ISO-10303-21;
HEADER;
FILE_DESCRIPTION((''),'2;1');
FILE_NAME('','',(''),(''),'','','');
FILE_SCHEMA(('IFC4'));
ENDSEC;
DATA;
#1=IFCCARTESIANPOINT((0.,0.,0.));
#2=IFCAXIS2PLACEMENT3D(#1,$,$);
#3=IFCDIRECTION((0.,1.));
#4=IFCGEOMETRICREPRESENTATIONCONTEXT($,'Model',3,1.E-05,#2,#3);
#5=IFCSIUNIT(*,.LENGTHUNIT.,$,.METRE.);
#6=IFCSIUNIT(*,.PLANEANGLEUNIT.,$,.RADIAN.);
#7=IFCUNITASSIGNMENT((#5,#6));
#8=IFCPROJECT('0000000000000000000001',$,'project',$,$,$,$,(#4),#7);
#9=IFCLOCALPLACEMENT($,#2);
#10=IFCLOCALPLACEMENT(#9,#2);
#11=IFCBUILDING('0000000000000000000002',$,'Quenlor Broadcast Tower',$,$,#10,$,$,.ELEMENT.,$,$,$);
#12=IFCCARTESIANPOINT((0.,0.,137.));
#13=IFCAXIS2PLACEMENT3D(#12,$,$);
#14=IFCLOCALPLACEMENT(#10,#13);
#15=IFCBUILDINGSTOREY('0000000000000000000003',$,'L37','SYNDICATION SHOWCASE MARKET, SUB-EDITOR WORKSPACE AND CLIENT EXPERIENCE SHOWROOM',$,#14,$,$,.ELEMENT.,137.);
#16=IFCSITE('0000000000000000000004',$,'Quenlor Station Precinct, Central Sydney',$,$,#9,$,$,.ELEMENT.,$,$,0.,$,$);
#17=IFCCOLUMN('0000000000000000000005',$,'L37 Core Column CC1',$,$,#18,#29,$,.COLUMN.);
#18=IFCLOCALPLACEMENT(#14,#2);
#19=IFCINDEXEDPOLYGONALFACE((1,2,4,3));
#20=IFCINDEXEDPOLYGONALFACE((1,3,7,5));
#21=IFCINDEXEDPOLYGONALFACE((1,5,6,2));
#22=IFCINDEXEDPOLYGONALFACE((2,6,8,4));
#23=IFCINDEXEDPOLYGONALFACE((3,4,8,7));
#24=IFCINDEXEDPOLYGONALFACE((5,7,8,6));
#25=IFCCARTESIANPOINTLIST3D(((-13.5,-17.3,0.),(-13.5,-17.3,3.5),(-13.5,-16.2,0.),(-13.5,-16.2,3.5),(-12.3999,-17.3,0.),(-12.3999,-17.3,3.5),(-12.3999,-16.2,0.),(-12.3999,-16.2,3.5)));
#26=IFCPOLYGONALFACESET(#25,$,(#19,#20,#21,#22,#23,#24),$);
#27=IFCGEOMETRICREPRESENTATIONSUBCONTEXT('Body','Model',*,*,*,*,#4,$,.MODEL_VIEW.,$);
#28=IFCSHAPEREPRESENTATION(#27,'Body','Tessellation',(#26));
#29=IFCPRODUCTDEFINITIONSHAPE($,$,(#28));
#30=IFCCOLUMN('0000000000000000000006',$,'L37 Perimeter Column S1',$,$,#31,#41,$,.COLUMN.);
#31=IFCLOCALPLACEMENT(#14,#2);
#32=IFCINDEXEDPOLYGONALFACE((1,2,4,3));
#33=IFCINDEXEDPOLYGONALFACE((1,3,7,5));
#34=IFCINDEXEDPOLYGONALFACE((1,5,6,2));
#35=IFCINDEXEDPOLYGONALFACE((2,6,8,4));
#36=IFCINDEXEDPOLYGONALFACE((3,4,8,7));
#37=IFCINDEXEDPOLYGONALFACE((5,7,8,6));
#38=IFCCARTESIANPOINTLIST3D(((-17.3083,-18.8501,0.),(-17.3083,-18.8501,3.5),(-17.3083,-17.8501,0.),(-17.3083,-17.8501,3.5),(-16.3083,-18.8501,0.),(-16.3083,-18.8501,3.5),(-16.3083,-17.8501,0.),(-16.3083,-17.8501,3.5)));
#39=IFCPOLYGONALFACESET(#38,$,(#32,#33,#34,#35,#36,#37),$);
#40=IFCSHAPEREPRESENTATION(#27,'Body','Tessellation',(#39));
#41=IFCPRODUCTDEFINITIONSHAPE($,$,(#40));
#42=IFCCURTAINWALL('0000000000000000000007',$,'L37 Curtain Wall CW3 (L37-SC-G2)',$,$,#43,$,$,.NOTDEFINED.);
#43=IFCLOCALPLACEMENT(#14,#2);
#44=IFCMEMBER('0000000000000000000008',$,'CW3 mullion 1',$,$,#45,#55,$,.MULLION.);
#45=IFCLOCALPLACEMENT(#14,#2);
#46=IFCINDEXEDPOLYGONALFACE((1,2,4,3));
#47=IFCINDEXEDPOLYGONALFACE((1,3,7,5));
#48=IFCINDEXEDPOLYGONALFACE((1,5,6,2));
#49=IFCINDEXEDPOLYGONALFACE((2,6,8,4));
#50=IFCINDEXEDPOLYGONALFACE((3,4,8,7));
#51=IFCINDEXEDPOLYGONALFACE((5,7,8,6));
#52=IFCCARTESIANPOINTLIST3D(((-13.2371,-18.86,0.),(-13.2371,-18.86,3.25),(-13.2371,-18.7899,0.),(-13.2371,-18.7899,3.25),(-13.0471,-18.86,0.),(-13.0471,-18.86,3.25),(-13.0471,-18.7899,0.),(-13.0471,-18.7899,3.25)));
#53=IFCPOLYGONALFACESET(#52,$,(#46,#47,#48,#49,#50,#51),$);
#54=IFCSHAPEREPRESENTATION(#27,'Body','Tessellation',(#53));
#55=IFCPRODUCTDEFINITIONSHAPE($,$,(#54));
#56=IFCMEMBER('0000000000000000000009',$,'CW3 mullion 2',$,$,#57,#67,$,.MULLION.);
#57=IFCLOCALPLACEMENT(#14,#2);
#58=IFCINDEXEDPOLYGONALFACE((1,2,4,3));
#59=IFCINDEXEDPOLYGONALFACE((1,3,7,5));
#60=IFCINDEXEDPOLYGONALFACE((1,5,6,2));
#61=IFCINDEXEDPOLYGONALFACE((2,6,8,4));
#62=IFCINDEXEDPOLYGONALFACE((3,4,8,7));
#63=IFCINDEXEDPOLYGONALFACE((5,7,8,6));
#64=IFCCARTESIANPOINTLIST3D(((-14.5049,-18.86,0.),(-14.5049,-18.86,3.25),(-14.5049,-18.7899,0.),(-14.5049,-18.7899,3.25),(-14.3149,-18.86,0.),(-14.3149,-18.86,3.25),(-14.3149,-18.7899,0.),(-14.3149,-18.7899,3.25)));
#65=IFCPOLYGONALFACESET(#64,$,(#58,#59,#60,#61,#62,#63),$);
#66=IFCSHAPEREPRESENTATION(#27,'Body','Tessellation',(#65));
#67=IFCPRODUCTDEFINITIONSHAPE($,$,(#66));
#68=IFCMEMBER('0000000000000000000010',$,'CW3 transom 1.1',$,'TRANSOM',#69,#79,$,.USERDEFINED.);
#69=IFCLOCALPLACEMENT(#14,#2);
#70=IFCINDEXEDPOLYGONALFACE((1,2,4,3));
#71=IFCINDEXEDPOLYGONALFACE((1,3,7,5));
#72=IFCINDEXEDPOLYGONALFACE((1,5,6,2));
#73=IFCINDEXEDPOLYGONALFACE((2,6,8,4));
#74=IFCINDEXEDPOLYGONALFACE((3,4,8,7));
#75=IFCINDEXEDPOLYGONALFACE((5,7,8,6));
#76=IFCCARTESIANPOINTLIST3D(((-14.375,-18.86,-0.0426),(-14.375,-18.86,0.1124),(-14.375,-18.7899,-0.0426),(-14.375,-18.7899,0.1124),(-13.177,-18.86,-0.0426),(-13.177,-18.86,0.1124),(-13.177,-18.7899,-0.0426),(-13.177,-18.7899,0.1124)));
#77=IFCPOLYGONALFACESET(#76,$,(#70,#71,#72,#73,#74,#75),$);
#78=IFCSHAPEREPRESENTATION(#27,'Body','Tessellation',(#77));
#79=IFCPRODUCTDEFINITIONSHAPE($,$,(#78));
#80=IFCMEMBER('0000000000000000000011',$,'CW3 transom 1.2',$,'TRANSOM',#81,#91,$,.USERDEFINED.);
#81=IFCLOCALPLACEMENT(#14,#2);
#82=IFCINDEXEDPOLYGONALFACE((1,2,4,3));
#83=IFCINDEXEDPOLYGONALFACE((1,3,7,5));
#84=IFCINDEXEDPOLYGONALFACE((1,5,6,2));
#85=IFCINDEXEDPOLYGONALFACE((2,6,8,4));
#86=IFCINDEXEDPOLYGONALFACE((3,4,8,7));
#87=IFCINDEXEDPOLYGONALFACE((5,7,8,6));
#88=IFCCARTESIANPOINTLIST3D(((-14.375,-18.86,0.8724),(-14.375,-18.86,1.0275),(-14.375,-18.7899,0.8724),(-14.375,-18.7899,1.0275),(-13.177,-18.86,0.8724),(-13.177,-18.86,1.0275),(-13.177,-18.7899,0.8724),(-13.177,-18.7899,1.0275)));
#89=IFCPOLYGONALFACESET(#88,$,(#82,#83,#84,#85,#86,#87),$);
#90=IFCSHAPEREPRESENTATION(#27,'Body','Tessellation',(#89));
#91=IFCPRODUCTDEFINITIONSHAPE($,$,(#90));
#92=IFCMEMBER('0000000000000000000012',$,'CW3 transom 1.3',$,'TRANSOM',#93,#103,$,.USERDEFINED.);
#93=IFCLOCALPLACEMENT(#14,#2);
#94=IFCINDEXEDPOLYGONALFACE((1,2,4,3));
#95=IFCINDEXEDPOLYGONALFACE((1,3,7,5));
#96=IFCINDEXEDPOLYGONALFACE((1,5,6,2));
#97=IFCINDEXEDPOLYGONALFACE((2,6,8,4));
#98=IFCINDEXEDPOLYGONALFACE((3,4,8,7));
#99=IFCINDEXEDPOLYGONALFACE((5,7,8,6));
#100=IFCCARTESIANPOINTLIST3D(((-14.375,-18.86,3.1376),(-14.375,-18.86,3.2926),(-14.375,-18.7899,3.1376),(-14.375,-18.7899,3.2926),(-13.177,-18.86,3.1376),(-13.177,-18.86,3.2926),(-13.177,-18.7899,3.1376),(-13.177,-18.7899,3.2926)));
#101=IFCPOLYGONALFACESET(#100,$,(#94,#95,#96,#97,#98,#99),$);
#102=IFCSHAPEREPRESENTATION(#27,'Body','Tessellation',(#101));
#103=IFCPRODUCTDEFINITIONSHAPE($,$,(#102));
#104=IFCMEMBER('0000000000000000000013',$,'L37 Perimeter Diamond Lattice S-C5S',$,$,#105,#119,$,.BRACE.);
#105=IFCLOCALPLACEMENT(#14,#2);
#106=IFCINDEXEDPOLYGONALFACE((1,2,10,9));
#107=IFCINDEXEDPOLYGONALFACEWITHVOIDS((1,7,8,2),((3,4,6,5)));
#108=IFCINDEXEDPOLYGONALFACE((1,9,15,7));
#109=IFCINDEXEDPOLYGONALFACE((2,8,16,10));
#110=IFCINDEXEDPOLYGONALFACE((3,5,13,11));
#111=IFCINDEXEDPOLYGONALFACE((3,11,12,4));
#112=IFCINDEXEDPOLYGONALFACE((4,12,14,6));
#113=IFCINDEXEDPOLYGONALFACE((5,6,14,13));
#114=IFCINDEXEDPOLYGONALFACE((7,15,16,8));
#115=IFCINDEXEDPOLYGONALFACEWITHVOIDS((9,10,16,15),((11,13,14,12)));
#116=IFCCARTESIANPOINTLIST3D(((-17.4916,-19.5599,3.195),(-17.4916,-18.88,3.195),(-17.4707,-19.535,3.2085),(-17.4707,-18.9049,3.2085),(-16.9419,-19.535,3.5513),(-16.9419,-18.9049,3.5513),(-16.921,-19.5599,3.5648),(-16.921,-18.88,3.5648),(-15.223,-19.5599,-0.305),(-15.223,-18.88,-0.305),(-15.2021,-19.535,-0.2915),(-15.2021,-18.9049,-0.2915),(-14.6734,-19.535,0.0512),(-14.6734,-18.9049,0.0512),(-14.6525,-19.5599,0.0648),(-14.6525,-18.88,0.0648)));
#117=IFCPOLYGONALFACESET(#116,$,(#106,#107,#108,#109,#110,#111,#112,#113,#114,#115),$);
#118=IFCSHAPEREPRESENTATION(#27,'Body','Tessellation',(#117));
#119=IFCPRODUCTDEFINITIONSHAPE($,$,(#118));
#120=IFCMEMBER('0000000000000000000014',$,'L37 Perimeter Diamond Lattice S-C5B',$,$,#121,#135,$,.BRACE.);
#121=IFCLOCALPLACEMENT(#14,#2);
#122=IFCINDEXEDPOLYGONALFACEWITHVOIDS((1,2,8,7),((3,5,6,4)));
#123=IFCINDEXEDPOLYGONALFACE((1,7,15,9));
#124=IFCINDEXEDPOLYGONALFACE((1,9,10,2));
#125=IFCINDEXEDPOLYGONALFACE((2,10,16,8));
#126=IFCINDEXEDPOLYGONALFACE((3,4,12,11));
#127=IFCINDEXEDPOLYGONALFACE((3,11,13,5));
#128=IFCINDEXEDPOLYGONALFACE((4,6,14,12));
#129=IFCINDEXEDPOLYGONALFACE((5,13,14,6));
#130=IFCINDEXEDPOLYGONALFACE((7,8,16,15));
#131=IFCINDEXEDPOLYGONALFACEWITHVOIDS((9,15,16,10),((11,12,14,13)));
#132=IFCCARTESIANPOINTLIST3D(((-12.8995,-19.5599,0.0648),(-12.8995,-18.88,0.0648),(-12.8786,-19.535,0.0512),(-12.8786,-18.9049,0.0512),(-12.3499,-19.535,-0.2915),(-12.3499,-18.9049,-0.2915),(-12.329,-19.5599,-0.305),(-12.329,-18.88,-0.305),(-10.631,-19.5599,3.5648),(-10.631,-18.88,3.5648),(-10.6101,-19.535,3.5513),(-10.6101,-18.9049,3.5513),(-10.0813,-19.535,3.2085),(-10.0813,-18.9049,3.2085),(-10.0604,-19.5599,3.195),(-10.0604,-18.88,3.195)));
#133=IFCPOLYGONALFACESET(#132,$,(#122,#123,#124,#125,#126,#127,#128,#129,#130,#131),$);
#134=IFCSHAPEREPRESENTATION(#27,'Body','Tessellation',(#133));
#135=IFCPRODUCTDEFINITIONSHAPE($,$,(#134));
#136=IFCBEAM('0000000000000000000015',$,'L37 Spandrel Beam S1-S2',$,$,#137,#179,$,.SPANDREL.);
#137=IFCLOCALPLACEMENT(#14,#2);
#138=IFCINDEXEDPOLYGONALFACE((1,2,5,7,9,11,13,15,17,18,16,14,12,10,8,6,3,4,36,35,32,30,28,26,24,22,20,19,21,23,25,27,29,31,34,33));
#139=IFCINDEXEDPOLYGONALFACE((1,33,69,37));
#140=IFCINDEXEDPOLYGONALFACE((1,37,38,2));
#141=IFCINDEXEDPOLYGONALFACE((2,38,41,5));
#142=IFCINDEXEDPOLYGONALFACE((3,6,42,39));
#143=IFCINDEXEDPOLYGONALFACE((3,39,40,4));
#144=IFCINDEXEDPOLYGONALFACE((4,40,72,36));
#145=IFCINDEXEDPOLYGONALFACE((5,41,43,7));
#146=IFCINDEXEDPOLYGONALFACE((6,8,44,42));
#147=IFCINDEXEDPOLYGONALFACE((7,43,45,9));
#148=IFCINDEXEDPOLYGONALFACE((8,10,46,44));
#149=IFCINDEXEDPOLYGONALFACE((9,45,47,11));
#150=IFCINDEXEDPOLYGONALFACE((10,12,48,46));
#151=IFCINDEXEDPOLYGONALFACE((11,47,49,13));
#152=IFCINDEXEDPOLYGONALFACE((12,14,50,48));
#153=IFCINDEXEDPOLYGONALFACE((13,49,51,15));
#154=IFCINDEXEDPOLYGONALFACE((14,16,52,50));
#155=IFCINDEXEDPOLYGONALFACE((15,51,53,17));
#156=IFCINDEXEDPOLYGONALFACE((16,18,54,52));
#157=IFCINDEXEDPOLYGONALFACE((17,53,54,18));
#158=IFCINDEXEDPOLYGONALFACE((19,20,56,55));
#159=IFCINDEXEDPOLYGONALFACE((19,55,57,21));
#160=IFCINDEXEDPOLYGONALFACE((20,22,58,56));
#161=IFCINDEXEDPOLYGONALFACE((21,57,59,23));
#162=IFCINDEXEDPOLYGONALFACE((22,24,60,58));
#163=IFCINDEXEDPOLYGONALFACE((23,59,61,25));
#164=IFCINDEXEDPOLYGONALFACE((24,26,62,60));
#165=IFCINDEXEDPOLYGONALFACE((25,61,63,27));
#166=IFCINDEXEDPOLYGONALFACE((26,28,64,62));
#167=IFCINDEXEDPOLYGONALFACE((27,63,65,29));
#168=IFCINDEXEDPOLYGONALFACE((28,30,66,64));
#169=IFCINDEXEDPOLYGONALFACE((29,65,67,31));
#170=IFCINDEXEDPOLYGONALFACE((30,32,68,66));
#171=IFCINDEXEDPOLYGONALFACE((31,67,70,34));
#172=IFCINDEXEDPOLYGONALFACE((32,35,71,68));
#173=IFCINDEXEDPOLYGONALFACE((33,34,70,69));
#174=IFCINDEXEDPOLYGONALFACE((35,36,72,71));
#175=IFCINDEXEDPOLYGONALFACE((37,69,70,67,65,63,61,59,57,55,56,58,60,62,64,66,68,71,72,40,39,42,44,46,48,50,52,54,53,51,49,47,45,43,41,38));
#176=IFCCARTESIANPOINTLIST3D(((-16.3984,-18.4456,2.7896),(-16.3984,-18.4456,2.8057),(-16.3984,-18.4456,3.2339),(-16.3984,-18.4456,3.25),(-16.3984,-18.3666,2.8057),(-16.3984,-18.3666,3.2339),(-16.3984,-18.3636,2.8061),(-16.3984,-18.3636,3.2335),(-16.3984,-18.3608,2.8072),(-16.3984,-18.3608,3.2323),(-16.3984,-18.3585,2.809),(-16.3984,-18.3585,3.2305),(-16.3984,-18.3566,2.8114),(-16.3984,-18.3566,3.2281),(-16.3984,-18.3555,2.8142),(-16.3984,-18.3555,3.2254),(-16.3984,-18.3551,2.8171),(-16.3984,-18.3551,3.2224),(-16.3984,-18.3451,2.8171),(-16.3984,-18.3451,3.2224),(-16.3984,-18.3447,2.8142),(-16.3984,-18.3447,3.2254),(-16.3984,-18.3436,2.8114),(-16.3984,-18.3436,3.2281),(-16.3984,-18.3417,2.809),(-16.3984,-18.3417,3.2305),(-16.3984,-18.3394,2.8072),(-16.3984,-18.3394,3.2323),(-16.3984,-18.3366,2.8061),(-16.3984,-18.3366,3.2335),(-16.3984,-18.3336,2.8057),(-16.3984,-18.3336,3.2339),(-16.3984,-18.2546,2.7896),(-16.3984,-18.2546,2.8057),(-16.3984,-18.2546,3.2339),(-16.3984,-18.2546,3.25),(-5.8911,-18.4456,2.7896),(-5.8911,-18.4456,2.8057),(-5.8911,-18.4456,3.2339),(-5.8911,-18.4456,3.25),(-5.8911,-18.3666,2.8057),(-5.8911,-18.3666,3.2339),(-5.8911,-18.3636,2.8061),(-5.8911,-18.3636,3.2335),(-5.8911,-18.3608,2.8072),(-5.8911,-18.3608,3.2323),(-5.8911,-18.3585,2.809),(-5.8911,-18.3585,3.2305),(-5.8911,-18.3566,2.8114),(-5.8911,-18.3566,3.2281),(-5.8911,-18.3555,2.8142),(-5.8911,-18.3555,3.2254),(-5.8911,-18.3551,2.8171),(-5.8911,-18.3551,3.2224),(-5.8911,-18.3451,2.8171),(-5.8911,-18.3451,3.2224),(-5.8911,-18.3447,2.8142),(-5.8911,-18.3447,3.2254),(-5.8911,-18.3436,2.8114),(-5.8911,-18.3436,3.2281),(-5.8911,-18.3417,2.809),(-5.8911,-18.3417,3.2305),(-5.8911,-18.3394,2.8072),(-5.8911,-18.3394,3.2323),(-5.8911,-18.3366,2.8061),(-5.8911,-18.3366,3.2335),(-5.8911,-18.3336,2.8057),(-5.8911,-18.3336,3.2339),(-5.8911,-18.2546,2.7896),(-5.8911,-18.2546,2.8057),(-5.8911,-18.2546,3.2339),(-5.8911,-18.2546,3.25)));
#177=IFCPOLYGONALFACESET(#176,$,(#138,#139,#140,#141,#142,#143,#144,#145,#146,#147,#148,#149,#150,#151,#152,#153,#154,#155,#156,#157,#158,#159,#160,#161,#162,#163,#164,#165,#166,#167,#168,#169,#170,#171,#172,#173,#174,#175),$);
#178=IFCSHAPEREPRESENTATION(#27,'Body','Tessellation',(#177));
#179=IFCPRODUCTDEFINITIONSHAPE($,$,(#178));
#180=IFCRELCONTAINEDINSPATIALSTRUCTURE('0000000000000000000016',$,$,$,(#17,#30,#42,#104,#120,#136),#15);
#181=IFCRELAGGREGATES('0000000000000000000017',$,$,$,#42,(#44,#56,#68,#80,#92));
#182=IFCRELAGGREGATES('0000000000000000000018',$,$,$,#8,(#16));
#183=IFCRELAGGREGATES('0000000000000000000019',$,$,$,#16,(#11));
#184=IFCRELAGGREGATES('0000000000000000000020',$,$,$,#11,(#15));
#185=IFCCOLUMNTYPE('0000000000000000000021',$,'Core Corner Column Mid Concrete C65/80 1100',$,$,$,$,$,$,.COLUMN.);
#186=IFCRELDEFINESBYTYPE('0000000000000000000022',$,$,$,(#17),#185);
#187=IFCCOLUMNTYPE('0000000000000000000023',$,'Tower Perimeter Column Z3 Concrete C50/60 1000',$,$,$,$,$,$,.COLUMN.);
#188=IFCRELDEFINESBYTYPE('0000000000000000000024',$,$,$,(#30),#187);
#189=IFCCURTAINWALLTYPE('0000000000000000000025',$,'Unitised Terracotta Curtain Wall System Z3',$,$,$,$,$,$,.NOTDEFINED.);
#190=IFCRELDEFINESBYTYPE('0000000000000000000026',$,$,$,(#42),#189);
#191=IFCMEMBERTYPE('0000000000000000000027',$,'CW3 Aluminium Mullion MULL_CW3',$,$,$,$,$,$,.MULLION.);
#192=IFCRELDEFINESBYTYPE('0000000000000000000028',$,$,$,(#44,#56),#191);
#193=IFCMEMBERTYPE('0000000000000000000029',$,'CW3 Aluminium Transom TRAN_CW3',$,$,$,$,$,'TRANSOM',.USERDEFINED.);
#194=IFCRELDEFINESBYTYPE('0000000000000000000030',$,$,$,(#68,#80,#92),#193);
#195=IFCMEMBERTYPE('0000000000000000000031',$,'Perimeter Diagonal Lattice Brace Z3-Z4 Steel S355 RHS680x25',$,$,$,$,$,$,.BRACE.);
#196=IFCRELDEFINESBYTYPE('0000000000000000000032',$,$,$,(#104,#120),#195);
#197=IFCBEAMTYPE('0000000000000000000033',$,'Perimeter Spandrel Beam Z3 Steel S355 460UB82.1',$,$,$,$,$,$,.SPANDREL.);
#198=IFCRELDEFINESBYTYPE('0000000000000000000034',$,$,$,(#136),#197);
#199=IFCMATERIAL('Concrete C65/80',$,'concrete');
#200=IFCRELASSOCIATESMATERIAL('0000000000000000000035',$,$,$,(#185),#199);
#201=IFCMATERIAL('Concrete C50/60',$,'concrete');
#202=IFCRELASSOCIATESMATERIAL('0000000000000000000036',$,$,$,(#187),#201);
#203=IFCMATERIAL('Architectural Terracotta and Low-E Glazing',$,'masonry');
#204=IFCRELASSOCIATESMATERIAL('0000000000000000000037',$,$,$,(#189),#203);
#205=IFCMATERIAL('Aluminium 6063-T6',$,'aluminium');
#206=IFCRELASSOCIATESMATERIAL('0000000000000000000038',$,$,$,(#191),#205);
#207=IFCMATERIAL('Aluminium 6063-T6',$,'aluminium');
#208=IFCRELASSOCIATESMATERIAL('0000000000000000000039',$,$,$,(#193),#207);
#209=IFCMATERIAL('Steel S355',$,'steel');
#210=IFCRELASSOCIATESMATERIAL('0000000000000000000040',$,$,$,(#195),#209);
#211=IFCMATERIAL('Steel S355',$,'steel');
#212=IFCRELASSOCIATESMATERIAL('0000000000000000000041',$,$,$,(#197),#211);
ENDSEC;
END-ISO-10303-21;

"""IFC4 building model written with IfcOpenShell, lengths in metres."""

from ifc_helpers import new_model, si_unit, direction, frame, origin, origin_2d, place, context, subcontext, project, spatial, rectangle, hollow_rectangle, i_section, extrude, material, material_profile, profile_set, type_object, element, aggregate, save


model = new_model("IFC4")

# Units and contexts
model_context = context("Model", 3, precision=1e-05, world=origin(), true_north=direction((0.0, 1.0)))
body_context = subcontext(model_context, "Body", "Model", "MODEL_VIEW")
ifc_project = project(units=[si_unit("LENGTHUNIT", "METRE"), si_unit("PLANEANGLEUNIT", "RADIAN")], contexts=[model_context])

# Site, building, storey
site_placement = place(None, origin())
site = spatial("IfcSite", under=ifc_project, at=site_placement, Name="Quenlor Station Precinct, Central Sydney", CompositionType="ELEMENT", RefElevation=0.0)
building_placement = place(site_placement, origin())
building = spatial("IfcBuilding", under=site, at=building_placement, Name="Quenlor Broadcast Tower", CompositionType="ELEMENT")
storey_placement = place(building_placement, frame((0.0, 0.0, 137.0)))
storey = spatial("IfcBuildingStorey", under=building, at=storey_placement, Name="L37", Description="SYNDICATION SHOWCASE MARKET, SUB-EDITOR WORKSPACE AND CLIENT EXPERIENCE SHOWROOM", CompositionType="ELEMENT", Elevation=137.0)

# Columns
ifc_material_1 = material(Name="Concrete C65/80", Category="concrete")
ifc_material_profile_1 = material_profile(ifc_material_1, rectangle(XDim=1.1001, YDim=1.1001, at=origin_2d()))
ifc_profile_set_1 = profile_set([ifc_material_profile_1], Name="Concrete C65/80 RC1100x1100")
column_type_1 = type_object("IfcColumnType", Name="Core Corner Column Mid Concrete C65/80 1100", PredefinedType="COLUMN", material=ifc_profile_set_1)
column_1_placement = place(storey_placement, frame((-12.95, -16.75, 0.0), z_axis=(0.0, 0.0, 1.0), x_axis=(1.0, 0.0, 0.0)))
element("IfcColumn", 1, at=column_1_placement, inside=storey, type_object=column_type_1, Name="L37 Core Column CC1", PredefinedType="COLUMN", context=body_context, shape_type="SweptSolid", body=[
    extrude(rectangle(XDim=1.1001, YDim=1.1001, at=origin_2d()), origin(), (0.0, 0.0, 1.0), 3.5),
])
ifc_material_2 = material(Name="Concrete C50/60", Category="concrete")
ifc_material_profile_2 = material_profile(ifc_material_2, rectangle(XDim=1.0, YDim=1.0, at=origin_2d()))
ifc_profile_set_2 = profile_set([ifc_material_profile_2], Name="Concrete C50/60 RC1000x1000")
column_type_2 = type_object("IfcColumnType", Name="Tower Perimeter Column Z3 Concrete C50/60 1000", PredefinedType="COLUMN", material=ifc_profile_set_2)
column_2_placement = place(storey_placement, frame((-16.8083, -18.3501, 0.0), z_axis=(0.0, 0.0, 1.0), x_axis=(0.0, 1.0, 0.0)))
element("IfcColumn", 2, at=column_2_placement, inside=storey, type_object=column_type_2, Name="L37 Perimeter Column S1", PredefinedType="COLUMN", context=body_context, shape_type="SweptSolid", body=[
    extrude(rectangle(XDim=1.0, YDim=1.0, at=origin_2d()), origin(), (0.0, 0.0, 1.0), 3.5),
])

# Curtain wall, members
ifc_material_3 = material(Name="Architectural Terracotta and Low-E Glazing", Category="masonry")
curtain_wall_type = type_object("IfcCurtainWallType", Name="Unitised Terracotta Curtain Wall System Z3", PredefinedType="NOTDEFINED", material=ifc_material_3)
curtain_wall_placement = place(storey_placement, origin())
curtain_wall = element("IfcCurtainWall", 3, at=curtain_wall_placement, inside=storey, type_object=curtain_wall_type, Name="L37 Curtain Wall CW3 (L37-SC-G2)", PredefinedType="NOTDEFINED")
ifc_material_4 = material(Name="Aluminium 6063-T6", Category="aluminium")
ifc_material_profile_3 = material_profile(ifc_material_4, rectangle(XDim=0.0701, YDim=0.1899, at=origin_2d()))
ifc_profile_set_3 = profile_set([ifc_material_profile_3], Name="Aluminium 6063-T6 MULL70x190")
member_type_1 = type_object("IfcMemberType", Name="CW3 Aluminium Mullion MULL_CW3", PredefinedType="MULLION", material=ifc_profile_set_3)
member_1_placement = place(storey_placement, frame((-13.1421, -18.825, 0.0), z_axis=(0.0, 0.0, 1.0), x_axis=(0.0, -1.0, 0.0)))
member_1 = element("IfcMember", 4, at=member_1_placement, type_object=member_type_1, Name="CW3 mullion 1", PredefinedType="MULLION", context=body_context, shape_type="SweptSolid", body=[
    extrude(rectangle(XDim=0.0701, YDim=0.1899, at=origin_2d()), origin(), (0.0, 0.0, 1.0), 3.25),
])
member_2_placement = place(storey_placement, frame((-14.4099, -18.825, 0.0), z_axis=(0.0, 0.0, 1.0), x_axis=(0.0, -1.0, 0.0)))
member_2 = element("IfcMember", 5, at=member_2_placement, type_object=member_type_1, Name="CW3 mullion 2", PredefinedType="MULLION", context=body_context, shape_type="SweptSolid", body=[
    extrude(rectangle(XDim=0.0701, YDim=0.1899, at=origin_2d()), origin(), (0.0, 0.0, 1.0), 3.25),
])
ifc_material_5 = material(Name="Aluminium 6063-T6", Category="aluminium")
ifc_material_profile_4 = material_profile(ifc_material_5, rectangle(XDim=0.0701, YDim=0.155, at=origin_2d()))
ifc_profile_set_4 = profile_set([ifc_material_profile_4], Name="Aluminium 6063-T6 TRAN70x155")
member_type_2 = type_object("IfcMemberType", Name="CW3 Aluminium Transom TRAN_CW3", ElementType="TRANSOM", PredefinedType="USERDEFINED", material=ifc_profile_set_4)
member_3_placement = place(storey_placement, frame((-13.177, -18.825, 0.0349), z_axis=(-1.0, 0.0, 0.0), x_axis=(0.0, -1.0, 0.0)))
member_3 = element("IfcMember", 6, at=member_3_placement, type_object=member_type_2, Name="CW3 transom 1.1", ObjectType="TRANSOM", PredefinedType="USERDEFINED", context=body_context, shape_type="SweptSolid", body=[
    extrude(rectangle(XDim=0.0701, YDim=0.155, at=origin_2d()), origin(), (0.0, 0.0, 1.0), 1.198),
])
member_4_placement = place(storey_placement, frame((-13.177, -18.825, 0.95), z_axis=(-1.0, 0.0, 0.0), x_axis=(0.0, -1.0, 0.0)))
member_4 = element("IfcMember", 7, at=member_4_placement, type_object=member_type_2, Name="CW3 transom 1.2", ObjectType="TRANSOM", PredefinedType="USERDEFINED", context=body_context, shape_type="SweptSolid", body=[
    extrude(rectangle(XDim=0.0701, YDim=0.155, at=origin_2d()), origin(), (0.0, 0.0, 1.0), 1.198),
])
member_5_placement = place(storey_placement, frame((-13.177, -18.825, 3.2151), z_axis=(-1.0, 0.0, 0.0), x_axis=(0.0, -1.0, 0.0)))
member_5 = element("IfcMember", 8, at=member_5_placement, type_object=member_type_2, Name="CW3 transom 1.3", ObjectType="TRANSOM", PredefinedType="USERDEFINED", context=body_context, shape_type="SweptSolid", body=[
    extrude(rectangle(XDim=0.0701, YDim=0.155, at=origin_2d()), origin(), (0.0, 0.0, 1.0), 1.198),
])

# Members
ifc_material_6 = material(Name="Steel S355", Category="steel")
ifc_material_profile_5 = material_profile(ifc_material_6, hollow_rectangle(XDim=0.6799, YDim=0.6799, WallThickness=0.0249, at=origin_2d()))
ifc_profile_set_5 = profile_set([ifc_material_profile_5], Name="Steel S355 RHS680x680x25")
member_type_3 = type_object("IfcMemberType", Name="Perimeter Diagonal Lattice Brace Z3-Z4 Steel S355 RHS680x25", PredefinedType="BRACE", material=ifc_profile_set_5)
for number, where, z_axis, x_axis, name in (
    (9, (-14.9377, -19.22, -0.1201), (-0.543902, 0.0, 0.839149), (0.0, -1.0, 0.0), "L37 Perimeter Diamond Lattice S-C5S"),
    (10, (-12.6143, -19.22, -0.1201), (0.543902, 0.0, 0.839149), (0.0, 1.0, 0.0), "L37 Perimeter Diamond Lattice S-C5B"),
):
    element("IfcMember", number, at=place(storey_placement, frame(where, z_axis=z_axis, x_axis=x_axis)), inside=storey, type_object=member_type_3, Name=name, PredefinedType="BRACE", context=body_context, shape_type="SweptSolid", body=[
        extrude(hollow_rectangle(XDim=0.6799, YDim=0.6799, WallThickness=0.0249, at=origin_2d()), origin(), (0.0, 0.0, 1.0), 4.1709),
    ])

# Beam
ifc_material_7 = material(Name="Steel S355", Category="steel")
ifc_material_profile_6 = material_profile(ifc_material_7, i_section(OverallWidth=0.1909, OverallDepth=0.4604, WebThickness=0.01, FlangeThickness=0.0161, FilletRadius=0.0115, at=origin_2d()))
ifc_profile_set_6 = profile_set([ifc_material_profile_6], Name="Steel S355 460UB82.1")
beam_type_1 = type_object("IfcBeamType", Name="Perimeter Spandrel Beam Z3 Steel S355 460UB82.1", PredefinedType="SPANDREL", material=ifc_profile_set_6)
beam_1_placement = place(storey_placement, frame((-16.3984, -18.3501, 3.0198), z_axis=(1.0, 0.0, 0.0), x_axis=(0.0, 1.0, 0.0)))
element("IfcBeam", 11, at=beam_1_placement, inside=storey, type_object=beam_type_1, Name="L37 Spandrel Beam S1-S2", PredefinedType="SPANDREL", context=body_context, shape_type="SweptSolid", body=[
    extrude(i_section(OverallWidth=0.1909, OverallDepth=0.4604, WebThickness=0.01, FlangeThickness=0.0161, FilletRadius=0.0115, at=origin_2d()), origin(), (0.0, 0.0, 1.0), 10.5073),
])

aggregate(curtain_wall, [member_1, member_2, member_3, member_4, member_5])

save(model, "model.ifc")
